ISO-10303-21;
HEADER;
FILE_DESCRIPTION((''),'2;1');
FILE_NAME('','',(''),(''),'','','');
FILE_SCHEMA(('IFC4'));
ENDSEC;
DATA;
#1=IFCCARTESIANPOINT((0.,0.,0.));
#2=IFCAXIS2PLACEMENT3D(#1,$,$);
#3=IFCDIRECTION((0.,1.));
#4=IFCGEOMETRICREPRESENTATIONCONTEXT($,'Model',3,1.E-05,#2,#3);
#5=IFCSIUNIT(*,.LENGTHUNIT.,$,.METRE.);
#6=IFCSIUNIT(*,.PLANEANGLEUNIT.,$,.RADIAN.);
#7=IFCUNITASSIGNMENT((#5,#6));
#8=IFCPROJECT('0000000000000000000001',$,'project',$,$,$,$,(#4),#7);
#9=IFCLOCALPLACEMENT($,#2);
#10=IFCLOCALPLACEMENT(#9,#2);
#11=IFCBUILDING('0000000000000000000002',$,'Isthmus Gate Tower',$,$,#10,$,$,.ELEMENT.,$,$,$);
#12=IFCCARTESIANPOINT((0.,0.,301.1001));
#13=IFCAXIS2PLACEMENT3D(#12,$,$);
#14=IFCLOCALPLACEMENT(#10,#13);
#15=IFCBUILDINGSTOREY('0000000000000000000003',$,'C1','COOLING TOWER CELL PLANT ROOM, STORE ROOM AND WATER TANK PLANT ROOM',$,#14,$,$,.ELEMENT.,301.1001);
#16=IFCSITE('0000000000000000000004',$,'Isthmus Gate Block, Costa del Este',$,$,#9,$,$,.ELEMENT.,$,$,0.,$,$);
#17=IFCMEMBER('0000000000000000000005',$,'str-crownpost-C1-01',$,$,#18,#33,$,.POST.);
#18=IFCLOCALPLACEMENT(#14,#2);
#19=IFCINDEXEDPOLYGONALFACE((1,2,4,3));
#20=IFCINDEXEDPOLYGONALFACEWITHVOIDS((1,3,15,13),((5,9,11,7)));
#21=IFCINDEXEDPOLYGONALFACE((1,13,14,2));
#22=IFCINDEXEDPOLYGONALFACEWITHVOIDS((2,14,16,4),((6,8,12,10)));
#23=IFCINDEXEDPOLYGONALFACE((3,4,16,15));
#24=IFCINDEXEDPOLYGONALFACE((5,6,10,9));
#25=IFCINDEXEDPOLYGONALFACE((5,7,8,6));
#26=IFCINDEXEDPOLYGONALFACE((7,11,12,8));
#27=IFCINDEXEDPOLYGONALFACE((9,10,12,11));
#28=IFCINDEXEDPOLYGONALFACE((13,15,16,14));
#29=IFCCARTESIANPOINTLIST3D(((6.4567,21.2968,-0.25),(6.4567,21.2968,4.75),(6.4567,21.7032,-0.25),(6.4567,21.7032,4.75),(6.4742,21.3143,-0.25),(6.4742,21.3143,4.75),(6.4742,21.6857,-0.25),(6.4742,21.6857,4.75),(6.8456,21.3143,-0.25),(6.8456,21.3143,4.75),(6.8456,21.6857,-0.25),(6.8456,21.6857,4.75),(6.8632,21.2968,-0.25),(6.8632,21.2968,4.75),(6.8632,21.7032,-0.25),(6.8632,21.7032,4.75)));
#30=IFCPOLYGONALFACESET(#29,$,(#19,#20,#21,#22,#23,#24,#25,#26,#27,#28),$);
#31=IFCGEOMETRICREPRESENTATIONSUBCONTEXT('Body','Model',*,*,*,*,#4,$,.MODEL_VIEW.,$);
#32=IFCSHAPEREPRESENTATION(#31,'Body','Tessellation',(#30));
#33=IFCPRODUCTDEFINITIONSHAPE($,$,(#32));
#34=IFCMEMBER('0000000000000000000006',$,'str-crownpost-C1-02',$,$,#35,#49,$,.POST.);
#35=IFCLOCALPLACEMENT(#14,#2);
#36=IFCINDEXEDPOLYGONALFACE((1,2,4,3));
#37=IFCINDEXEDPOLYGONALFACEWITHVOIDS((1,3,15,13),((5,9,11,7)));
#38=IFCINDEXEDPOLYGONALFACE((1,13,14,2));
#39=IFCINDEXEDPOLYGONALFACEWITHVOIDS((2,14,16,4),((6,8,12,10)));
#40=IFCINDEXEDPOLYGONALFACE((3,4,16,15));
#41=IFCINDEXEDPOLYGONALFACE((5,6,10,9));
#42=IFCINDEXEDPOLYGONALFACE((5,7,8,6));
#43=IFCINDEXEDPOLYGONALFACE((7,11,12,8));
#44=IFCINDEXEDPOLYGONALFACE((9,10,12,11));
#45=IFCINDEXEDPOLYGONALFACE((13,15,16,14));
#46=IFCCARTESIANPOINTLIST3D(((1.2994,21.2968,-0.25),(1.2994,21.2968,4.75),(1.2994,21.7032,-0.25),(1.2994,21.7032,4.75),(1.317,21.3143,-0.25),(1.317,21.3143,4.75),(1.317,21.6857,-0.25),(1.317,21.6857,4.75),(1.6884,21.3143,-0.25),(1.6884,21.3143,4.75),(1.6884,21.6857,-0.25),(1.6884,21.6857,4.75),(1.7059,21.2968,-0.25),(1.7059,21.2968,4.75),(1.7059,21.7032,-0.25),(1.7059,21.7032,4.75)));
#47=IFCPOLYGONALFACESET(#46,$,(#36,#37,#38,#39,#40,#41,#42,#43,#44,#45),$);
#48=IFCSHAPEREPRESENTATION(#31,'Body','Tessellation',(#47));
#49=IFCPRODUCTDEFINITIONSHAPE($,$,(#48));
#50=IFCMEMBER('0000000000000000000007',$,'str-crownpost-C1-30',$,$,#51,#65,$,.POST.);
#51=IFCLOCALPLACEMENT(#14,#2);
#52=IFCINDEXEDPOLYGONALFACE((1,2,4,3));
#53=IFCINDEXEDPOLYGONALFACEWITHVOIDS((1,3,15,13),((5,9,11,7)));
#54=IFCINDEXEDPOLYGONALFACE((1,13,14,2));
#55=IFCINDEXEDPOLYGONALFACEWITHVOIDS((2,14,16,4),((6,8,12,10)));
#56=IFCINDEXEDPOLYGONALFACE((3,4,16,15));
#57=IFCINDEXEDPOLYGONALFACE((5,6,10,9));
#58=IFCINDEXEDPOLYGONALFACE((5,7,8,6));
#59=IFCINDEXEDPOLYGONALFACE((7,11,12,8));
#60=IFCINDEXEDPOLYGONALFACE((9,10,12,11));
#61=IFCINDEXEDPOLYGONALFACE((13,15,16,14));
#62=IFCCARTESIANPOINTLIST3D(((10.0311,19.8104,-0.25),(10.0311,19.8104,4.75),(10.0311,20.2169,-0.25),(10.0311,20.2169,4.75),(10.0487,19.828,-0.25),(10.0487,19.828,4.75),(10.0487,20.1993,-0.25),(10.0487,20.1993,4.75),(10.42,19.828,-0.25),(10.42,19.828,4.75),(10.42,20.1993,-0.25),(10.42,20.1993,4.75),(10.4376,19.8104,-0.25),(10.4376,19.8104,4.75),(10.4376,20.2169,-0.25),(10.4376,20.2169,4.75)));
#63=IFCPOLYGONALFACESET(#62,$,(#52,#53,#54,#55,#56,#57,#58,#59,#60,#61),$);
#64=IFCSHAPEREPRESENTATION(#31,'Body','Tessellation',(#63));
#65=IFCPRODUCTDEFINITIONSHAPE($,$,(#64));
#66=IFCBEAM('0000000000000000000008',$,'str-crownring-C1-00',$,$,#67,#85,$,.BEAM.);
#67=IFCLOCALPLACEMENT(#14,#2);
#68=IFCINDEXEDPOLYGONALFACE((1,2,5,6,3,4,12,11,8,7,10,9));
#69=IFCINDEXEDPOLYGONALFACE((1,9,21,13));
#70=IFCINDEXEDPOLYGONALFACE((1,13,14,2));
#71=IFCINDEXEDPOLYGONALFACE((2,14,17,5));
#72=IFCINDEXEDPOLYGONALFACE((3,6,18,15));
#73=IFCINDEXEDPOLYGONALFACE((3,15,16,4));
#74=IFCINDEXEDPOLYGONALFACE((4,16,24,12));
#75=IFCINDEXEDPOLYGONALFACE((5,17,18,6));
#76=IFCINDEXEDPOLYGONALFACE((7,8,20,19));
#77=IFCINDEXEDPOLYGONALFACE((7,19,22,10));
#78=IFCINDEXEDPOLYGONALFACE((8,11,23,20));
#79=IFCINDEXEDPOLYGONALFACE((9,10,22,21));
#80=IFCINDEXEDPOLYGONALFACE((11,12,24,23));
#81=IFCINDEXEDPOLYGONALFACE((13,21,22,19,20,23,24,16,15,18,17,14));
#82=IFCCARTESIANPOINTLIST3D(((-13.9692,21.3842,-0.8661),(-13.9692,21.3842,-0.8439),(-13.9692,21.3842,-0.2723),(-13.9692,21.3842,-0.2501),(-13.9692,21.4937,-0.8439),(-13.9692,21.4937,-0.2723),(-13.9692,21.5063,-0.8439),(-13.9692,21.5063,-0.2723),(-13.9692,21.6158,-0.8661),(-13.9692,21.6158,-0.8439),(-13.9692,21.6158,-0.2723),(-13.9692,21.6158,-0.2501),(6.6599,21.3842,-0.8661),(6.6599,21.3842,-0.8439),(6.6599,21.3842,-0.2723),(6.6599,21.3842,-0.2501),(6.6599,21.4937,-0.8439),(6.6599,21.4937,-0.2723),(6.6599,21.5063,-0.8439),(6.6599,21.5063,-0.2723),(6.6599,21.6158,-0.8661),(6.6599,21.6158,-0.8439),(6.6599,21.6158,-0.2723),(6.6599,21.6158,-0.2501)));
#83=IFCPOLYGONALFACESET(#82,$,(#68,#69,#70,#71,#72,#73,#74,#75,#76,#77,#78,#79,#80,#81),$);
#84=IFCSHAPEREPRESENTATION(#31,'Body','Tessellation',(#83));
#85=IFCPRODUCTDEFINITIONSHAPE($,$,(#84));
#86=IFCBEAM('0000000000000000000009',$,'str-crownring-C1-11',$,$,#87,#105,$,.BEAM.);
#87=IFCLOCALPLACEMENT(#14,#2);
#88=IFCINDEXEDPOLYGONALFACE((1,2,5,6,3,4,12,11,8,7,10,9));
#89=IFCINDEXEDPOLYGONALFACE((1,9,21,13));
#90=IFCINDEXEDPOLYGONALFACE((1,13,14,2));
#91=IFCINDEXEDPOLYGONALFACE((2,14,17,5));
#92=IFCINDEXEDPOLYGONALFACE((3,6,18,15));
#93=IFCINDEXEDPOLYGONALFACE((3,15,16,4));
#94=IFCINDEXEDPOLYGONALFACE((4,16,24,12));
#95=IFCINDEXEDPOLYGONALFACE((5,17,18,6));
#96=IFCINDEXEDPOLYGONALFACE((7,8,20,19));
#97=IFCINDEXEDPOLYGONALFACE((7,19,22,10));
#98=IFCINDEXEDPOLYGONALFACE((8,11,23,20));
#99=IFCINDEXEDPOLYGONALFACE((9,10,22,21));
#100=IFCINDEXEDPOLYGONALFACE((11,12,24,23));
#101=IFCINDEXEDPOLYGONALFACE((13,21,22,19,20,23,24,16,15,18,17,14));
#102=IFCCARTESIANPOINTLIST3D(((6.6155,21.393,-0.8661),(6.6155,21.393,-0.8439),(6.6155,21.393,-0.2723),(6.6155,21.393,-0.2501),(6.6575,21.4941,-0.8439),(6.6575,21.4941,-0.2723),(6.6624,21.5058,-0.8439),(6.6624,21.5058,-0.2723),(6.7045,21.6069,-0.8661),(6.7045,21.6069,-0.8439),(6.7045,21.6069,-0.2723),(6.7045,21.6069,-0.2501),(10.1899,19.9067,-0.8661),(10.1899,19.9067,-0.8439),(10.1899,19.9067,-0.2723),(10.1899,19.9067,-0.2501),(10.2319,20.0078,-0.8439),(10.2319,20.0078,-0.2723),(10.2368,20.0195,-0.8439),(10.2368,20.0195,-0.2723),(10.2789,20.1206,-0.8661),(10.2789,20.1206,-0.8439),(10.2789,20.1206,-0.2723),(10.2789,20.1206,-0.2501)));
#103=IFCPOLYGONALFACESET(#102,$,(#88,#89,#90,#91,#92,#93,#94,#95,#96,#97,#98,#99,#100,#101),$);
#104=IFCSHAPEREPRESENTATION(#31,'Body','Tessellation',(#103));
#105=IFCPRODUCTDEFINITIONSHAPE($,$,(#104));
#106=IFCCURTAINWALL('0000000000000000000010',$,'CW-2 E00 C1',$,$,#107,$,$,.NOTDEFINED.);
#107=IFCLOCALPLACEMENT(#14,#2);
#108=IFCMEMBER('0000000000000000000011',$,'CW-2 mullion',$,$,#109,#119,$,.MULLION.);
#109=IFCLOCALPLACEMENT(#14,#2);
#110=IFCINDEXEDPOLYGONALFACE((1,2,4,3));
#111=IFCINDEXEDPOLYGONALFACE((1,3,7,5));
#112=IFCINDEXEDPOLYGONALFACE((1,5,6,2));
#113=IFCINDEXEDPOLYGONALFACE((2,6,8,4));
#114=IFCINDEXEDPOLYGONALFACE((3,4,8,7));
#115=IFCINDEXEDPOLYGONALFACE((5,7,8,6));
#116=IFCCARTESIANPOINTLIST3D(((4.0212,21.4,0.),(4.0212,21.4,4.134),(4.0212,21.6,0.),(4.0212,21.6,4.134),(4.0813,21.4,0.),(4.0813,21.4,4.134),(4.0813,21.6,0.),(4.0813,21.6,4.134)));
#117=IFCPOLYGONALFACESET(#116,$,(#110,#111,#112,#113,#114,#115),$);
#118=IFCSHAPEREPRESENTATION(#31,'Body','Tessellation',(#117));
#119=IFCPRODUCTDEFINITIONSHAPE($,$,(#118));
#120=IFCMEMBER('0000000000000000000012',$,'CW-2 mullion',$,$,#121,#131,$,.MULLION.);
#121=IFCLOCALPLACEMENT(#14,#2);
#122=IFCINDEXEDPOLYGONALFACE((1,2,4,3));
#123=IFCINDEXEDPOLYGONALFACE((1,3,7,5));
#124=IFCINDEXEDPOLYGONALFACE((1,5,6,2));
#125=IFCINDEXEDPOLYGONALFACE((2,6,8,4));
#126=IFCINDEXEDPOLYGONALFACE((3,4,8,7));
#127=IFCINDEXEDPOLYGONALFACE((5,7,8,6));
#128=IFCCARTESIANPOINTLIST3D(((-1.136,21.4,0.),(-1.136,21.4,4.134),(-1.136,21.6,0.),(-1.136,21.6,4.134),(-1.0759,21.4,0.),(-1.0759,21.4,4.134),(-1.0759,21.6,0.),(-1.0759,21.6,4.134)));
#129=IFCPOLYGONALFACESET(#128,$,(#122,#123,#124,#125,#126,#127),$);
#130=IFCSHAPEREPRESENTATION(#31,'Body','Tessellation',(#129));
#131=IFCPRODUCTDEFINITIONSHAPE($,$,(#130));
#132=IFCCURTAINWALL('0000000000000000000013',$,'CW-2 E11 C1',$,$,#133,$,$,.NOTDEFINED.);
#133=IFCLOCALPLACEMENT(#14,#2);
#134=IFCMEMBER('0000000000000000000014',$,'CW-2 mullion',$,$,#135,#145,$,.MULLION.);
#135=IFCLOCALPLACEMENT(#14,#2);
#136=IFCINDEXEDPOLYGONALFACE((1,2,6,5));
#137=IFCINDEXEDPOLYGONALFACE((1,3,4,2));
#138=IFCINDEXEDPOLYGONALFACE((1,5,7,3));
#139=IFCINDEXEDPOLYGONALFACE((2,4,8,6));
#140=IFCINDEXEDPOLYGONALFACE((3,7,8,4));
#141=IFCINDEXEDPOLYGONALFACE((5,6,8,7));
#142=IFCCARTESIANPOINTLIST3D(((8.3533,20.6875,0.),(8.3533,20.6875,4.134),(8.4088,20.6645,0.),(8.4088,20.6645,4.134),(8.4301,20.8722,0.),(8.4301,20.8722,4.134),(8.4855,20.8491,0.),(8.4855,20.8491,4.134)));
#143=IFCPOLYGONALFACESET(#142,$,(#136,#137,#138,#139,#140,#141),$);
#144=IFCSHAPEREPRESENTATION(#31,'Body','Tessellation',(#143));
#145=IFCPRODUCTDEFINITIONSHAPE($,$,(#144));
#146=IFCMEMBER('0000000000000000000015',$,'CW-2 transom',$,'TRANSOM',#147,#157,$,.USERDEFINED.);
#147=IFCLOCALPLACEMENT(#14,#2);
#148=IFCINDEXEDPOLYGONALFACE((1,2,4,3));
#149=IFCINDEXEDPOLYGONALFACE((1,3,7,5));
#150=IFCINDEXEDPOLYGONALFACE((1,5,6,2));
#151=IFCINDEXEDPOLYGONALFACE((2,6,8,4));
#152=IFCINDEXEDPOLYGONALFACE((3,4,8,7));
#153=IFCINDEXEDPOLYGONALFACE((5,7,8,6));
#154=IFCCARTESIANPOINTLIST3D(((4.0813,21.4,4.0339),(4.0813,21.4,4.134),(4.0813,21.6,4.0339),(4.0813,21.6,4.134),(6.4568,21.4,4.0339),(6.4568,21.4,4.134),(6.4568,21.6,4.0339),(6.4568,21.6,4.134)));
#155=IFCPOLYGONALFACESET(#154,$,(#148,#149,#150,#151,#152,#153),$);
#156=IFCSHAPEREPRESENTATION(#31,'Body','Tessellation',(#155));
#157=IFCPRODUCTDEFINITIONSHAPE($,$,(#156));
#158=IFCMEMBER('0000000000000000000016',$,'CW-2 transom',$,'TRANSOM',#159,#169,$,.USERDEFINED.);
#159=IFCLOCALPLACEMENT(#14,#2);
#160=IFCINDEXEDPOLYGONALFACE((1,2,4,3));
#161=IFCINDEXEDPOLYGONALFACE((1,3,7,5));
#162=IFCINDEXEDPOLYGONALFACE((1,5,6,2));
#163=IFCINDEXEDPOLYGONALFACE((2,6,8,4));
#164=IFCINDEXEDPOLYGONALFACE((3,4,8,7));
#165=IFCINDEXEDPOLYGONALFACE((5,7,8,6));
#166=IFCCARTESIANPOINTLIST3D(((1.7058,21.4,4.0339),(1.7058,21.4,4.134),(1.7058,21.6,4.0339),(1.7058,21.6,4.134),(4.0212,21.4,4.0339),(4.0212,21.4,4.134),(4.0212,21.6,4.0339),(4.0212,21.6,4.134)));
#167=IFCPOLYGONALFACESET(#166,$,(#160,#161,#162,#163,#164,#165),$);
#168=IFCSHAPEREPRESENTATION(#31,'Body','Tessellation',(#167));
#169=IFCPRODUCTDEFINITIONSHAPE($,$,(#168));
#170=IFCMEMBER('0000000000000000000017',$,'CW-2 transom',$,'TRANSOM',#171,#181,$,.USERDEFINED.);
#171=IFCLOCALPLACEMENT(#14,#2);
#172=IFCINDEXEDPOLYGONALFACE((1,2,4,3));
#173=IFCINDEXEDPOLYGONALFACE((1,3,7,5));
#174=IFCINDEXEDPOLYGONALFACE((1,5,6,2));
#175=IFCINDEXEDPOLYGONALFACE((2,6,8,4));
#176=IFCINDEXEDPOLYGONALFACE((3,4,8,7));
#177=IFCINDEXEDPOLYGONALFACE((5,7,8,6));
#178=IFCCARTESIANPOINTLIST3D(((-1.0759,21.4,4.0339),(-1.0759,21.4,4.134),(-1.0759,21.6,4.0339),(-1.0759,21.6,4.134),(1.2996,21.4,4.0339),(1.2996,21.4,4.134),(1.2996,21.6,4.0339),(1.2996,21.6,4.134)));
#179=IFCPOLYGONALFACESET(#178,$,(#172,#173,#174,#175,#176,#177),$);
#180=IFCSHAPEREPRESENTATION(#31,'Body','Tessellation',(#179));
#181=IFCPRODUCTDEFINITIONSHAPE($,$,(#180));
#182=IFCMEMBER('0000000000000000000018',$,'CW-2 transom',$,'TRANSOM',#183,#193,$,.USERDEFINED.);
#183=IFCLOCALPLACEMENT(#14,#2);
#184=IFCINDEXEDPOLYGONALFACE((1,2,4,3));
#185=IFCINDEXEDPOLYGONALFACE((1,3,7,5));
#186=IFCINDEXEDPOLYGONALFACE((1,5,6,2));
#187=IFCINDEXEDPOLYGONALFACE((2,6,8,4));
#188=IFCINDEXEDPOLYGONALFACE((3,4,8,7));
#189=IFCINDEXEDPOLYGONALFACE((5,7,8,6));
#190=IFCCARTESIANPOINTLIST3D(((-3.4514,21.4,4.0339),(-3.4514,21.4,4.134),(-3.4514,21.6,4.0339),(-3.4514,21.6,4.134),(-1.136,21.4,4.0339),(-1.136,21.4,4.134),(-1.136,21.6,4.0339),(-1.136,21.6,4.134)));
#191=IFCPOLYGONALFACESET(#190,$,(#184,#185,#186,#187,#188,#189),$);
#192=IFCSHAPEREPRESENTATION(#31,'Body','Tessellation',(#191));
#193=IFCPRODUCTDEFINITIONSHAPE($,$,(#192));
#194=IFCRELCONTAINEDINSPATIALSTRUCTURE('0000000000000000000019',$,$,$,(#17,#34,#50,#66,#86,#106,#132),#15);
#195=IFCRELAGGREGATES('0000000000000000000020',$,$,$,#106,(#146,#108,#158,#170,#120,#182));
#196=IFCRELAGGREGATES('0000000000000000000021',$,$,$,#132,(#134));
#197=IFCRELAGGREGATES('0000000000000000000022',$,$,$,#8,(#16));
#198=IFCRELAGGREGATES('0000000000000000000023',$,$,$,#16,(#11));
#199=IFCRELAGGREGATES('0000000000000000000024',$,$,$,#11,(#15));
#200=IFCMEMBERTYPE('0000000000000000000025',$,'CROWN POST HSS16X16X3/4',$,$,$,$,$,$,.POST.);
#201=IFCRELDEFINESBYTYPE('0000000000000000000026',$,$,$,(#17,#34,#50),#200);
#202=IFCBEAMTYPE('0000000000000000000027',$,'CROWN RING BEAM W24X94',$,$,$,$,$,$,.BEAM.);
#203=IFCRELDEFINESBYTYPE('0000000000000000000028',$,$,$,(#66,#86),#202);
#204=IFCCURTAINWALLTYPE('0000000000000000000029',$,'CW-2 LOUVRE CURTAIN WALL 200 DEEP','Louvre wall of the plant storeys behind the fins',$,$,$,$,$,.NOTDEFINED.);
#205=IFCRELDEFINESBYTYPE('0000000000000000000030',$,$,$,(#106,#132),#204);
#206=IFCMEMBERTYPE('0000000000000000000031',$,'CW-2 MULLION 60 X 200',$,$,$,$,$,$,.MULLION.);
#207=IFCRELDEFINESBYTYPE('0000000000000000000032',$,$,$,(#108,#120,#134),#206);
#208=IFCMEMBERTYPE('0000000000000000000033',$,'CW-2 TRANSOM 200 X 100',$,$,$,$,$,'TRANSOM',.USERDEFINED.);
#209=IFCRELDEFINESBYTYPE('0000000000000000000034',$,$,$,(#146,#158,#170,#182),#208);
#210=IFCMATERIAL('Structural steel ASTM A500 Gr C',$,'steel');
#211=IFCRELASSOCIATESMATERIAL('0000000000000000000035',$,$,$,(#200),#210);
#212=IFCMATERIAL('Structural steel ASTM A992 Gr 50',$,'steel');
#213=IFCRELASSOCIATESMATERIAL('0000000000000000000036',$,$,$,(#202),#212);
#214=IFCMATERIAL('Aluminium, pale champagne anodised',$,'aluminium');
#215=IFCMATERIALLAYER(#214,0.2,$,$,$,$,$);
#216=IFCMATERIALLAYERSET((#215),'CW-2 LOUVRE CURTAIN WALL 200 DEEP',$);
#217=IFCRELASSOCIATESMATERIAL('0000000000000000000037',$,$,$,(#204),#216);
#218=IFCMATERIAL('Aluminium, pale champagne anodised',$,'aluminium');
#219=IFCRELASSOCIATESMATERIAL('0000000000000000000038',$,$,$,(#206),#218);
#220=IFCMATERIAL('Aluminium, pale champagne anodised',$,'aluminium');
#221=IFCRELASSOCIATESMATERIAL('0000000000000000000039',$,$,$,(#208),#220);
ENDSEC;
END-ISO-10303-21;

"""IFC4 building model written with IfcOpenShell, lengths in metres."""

from ifc_helpers import new_model, si_unit, direction, frame, origin, origin_2d, place, context, subcontext, project, spatial, rectangle, hollow_rectangle, i_section, extrude, material, layer, layer_set, material_profile, profile_set, type_object, element, aggregate, save


model = new_model("IFC4")

# Units and contexts
model_context = context("Model", 3, precision=1e-05, world=origin(), true_north=direction((0.0, 1.0)))
body_context = subcontext(model_context, "Body", "Model", "MODEL_VIEW")
ifc_project = project(units=[si_unit("LENGTHUNIT", "METRE"), si_unit("PLANEANGLEUNIT", "RADIAN")], contexts=[model_context])

# Site, building, storey
site_placement = place(None, origin())
site = spatial("IfcSite", under=ifc_project, at=site_placement, Name="Isthmus Gate Block, Costa del Este", CompositionType="ELEMENT", RefElevation=0.0)
building_placement = place(site_placement, origin())
building = spatial("IfcBuilding", under=site, at=building_placement, Name="Isthmus Gate Tower", CompositionType="ELEMENT")
storey_placement = place(building_placement, frame((0.0, 0.0, 301.1001)))
storey = spatial("IfcBuildingStorey", under=building, at=storey_placement, Name="C1", Description="COOLING TOWER CELL PLANT ROOM, STORE ROOM AND WATER TANK PLANT ROOM", CompositionType="ELEMENT", Elevation=301.1001)

# Members
ifc_material_1 = material(Name="Structural steel ASTM A500 Gr C", Category="steel")
ifc_material_profile_1 = material_profile(ifc_material_1, hollow_rectangle(XDim=0.4065, YDim=0.4065, WallThickness=0.0176, at=origin_2d()), Name="HSS16X16X3/4")
ifc_profile_set_1 = profile_set([ifc_material_profile_1], Name="Structural steel ASTM A500 Gr C")
member_type_1 = type_object("IfcMemberType", Name="CROWN POST HSS16X16X3/4", PredefinedType="POST", material=ifc_profile_set_1)
for number, where, z_axis, x_axis, name in (
    (1, (6.6599, 21.5, -0.25), (0.0, 0.0, 1.0), (1.0, 0.0, 0.0), "str-crownpost-C1-01"),
    (2, (1.5027, 21.5, -0.25), (0.0, 0.0, 1.0), (1.0, 0.0, 0.0), "str-crownpost-C1-02"),
    (3, (10.2344, 20.0137, -0.25), (0.0, 0.0, 1.0), (1.0, 0.0, 0.0), "str-crownpost-C1-30"),
):
    element("IfcMember", number, at=place(storey_placement, frame(where, z_axis=z_axis, x_axis=x_axis)), inside=storey, type_object=member_type_1, Name=name, PredefinedType="POST", context=body_context, shape_type="SweptSolid", body=[
        extrude(hollow_rectangle(XDim=0.4065, YDim=0.4065, WallThickness=0.0176, at=origin_2d()), origin(), (0.0, 0.0, 1.0), 5.0),
    ])

# Beams
ifc_material_2 = material(Name="Structural steel ASTM A992 Gr 50", Category="steel")
ifc_material_profile_2 = material_profile(ifc_material_2, i_section(OverallWidth=0.2317, OverallDepth=0.616, WebThickness=0.0127, FlangeThickness=0.0222, at=origin_2d()), Name="W24X94")
ifc_profile_set_2 = profile_set([ifc_material_profile_2], Name="Structural steel ASTM A992 Gr 50")
beam_type_1 = type_object("IfcBeamType", Name="CROWN RING BEAM W24X94", PredefinedType="BEAM", material=ifc_profile_set_2)
beam_1_placement = place(storey_placement, frame((6.6599, 21.5, -0.5581), z_axis=(-1.0, 0.0, 0.0), x_axis=(0.0, -1.0, 0.0)))
element("IfcBeam", 4, at=beam_1_placement, inside=storey, type_object=beam_type_1, Name="str-crownring-C1-00", PredefinedType="BEAM", context=body_context, shape_type="SweptSolid", body=[
    extrude(i_section(OverallWidth=0.2317, OverallDepth=0.616, WebThickness=0.0127, FlangeThickness=0.0222, at=origin_2d()), origin(), (0.0, 0.0, 1.0), 20.6292),
])
beam_2_placement = place(storey_placement, frame((10.2344, 20.0137, -0.5581), z_axis=(-0.923355, 0.383948, 0.0), x_axis=(-0.383948, -0.923355, 0.0)))
element("IfcBeam", 5, at=beam_2_placement, inside=storey, type_object=beam_type_1, Name="str-crownring-C1-11", PredefinedType="BEAM", context=body_context, shape_type="SweptSolid", body=[
    extrude(i_section(OverallWidth=0.2317, OverallDepth=0.616, WebThickness=0.0127, FlangeThickness=0.0222, at=origin_2d()), origin(), (0.0, 0.0, 1.0), 3.8711),
])

# Curtain wall, members
ifc_material_3 = material(Name="Aluminium, pale champagne anodised", Category="aluminium")
ifc_layer_1 = layer(ifc_material_3, 0.2)
ifc_layer_set_1 = layer_set([ifc_layer_1], Name="CW-2 LOUVRE CURTAIN WALL 200 DEEP")
curtain_wall_type = type_object("IfcCurtainWallType", Name="CW-2 LOUVRE CURTAIN WALL 200 DEEP", Description="Louvre wall of the plant storeys behind the fins", PredefinedType="NOTDEFINED", material=ifc_layer_set_1)
curtain_wall_1_placement = place(storey_placement, origin())
curtain_wall_1 = element("IfcCurtainWall", 6, at=curtain_wall_1_placement, inside=storey, type_object=curtain_wall_type, Name="CW-2 E00 C1", PredefinedType="NOTDEFINED")
ifc_material_4 = material(Name="Aluminium, pale champagne anodised", Category="aluminium")
ifc_material_profile_3 = material_profile(ifc_material_4, rectangle(XDim=0.0601, YDim=0.2, at=origin_2d()), Name="60x200")
ifc_profile_set_3 = profile_set([ifc_material_profile_3], Name="Aluminium, pale champagne anodised")
member_type_2 = type_object("IfcMemberType", Name="CW-2 MULLION 60 X 200", PredefinedType="MULLION", material=ifc_profile_set_3)
member_1_placement = place(storey_placement, frame((4.0513, 21.5, 0.0), z_axis=(0.0, 0.0, 1.0), x_axis=(-1.0, 0.0, 0.0)))
member_1 = element("IfcMember", 7, at=member_1_placement, type_object=member_type_2, Name="CW-2 mullion", PredefinedType="MULLION", context=body_context, shape_type="SweptSolid", body=[
    extrude(rectangle(XDim=0.0601, YDim=0.2, at=origin_2d()), origin(), (0.0, 0.0, 1.0), 4.134),
])
member_2_placement = place(storey_placement, frame((-1.106, 21.5, 0.0), z_axis=(0.0, 0.0, 1.0), x_axis=(-1.0, 0.0, 0.0)))
member_2 = element("IfcMember", 8, at=member_2_placement, type_object=member_type_2, Name="CW-2 mullion", PredefinedType="MULLION", context=body_context, shape_type="SweptSolid", body=[
    extrude(rectangle(XDim=0.0601, YDim=0.2, at=origin_2d()), origin(), (0.0, 0.0, 1.0), 4.134),
])

# Curtain wall, member
curtain_wall_2_placement = place(storey_placement, origin())
curtain_wall_2 = element("IfcCurtainWall", 9, at=curtain_wall_2_placement, inside=storey, type_object=curtain_wall_type, Name="CW-2 E11 C1", PredefinedType="NOTDEFINED")
member_3_placement = place(storey_placement, frame((8.4194, 20.7683, 0.0), z_axis=(0.0, 0.0, 1.0), x_axis=(-0.923353, 0.383952, 0.0)))
member_3 = element("IfcMember", 10, at=member_3_placement, type_object=member_type_2, Name="CW-2 mullion", PredefinedType="MULLION", context=body_context, shape_type="SweptSolid", body=[
    extrude(rectangle(XDim=0.0601, YDim=0.2, at=origin_2d()), origin(), (0.0, 0.0, 1.0), 4.134),
])

# Members
ifc_material_5 = material(Name="Aluminium, pale champagne anodised", Category="aluminium")
ifc_material_profile_4 = material_profile(ifc_material_5, rectangle(XDim=0.2, YDim=0.1001, at=origin_2d()), Name="200x100")
ifc_profile_set_4 = profile_set([ifc_material_profile_4], Name="Aluminium, pale champagne anodised")
member_type_3 = type_object("IfcMemberType", Name="CW-2 TRANSOM 200 X 100", ElementType="TRANSOM", PredefinedType="USERDEFINED", material=ifc_profile_set_4)
member_4_placement = place(storey_placement, frame((6.4568, 21.5, 4.084), z_axis=(-1.0, 0.0, 0.0), x_axis=(0.0, -1.0, 0.0)))
member_4 = element("IfcMember", 11, at=member_4_placement, type_object=member_type_3, Name="CW-2 transom", ObjectType="TRANSOM", PredefinedType="USERDEFINED", context=body_context, shape_type="SweptSolid", body=[
    extrude(rectangle(XDim=0.2, YDim=0.1001, at=origin_2d()), origin(), (0.0, 0.0, 1.0), 2.3755),
])
member_5_placement = place(storey_placement, frame((4.0212, 21.5, 4.084), z_axis=(-1.0, 0.0, 0.0), x_axis=(0.0, -1.0, 0.0)))
member_5 = element("IfcMember", 12, at=member_5_placement, type_object=member_type_3, Name="CW-2 transom", ObjectType="TRANSOM", PredefinedType="USERDEFINED", context=body_context, shape_type="SweptSolid", body=[
    extrude(rectangle(XDim=0.2, YDim=0.1001, at=origin_2d()), origin(), (0.0, 0.0, 1.0), 2.3154),
])
member_6_placement = place(storey_placement, frame((1.2996, 21.5, 4.084), z_axis=(-1.0, 0.0, 0.0), x_axis=(0.0, -1.0, 0.0)))
member_6 = element("IfcMember", 13, at=member_6_placement, type_object=member_type_3, Name="CW-2 transom", ObjectType="TRANSOM", PredefinedType="USERDEFINED", context=body_context, shape_type="SweptSolid", body=[
    extrude(rectangle(XDim=0.2, YDim=0.1001, at=origin_2d()), origin(), (0.0, 0.0, 1.0), 2.3755),
])
member_7_placement = place(storey_placement, frame((-1.136, 21.5, 4.084), z_axis=(-1.0, 0.0, 0.0), x_axis=(0.0, -1.0, 0.0)))
member_7 = element("IfcMember", 14, at=member_7_placement, type_object=member_type_3, Name="CW-2 transom", ObjectType="TRANSOM", PredefinedType="USERDEFINED", context=body_context, shape_type="SweptSolid", body=[
    extrude(rectangle(XDim=0.2, YDim=0.1001, at=origin_2d()), origin(), (0.0, 0.0, 1.0), 2.3154),
])

aggregate(curtain_wall_1, [member_4, member_1, member_5, member_6, member_2, member_7])
aggregate(curtain_wall_2, [member_3])

save(model, "model.ifc")
